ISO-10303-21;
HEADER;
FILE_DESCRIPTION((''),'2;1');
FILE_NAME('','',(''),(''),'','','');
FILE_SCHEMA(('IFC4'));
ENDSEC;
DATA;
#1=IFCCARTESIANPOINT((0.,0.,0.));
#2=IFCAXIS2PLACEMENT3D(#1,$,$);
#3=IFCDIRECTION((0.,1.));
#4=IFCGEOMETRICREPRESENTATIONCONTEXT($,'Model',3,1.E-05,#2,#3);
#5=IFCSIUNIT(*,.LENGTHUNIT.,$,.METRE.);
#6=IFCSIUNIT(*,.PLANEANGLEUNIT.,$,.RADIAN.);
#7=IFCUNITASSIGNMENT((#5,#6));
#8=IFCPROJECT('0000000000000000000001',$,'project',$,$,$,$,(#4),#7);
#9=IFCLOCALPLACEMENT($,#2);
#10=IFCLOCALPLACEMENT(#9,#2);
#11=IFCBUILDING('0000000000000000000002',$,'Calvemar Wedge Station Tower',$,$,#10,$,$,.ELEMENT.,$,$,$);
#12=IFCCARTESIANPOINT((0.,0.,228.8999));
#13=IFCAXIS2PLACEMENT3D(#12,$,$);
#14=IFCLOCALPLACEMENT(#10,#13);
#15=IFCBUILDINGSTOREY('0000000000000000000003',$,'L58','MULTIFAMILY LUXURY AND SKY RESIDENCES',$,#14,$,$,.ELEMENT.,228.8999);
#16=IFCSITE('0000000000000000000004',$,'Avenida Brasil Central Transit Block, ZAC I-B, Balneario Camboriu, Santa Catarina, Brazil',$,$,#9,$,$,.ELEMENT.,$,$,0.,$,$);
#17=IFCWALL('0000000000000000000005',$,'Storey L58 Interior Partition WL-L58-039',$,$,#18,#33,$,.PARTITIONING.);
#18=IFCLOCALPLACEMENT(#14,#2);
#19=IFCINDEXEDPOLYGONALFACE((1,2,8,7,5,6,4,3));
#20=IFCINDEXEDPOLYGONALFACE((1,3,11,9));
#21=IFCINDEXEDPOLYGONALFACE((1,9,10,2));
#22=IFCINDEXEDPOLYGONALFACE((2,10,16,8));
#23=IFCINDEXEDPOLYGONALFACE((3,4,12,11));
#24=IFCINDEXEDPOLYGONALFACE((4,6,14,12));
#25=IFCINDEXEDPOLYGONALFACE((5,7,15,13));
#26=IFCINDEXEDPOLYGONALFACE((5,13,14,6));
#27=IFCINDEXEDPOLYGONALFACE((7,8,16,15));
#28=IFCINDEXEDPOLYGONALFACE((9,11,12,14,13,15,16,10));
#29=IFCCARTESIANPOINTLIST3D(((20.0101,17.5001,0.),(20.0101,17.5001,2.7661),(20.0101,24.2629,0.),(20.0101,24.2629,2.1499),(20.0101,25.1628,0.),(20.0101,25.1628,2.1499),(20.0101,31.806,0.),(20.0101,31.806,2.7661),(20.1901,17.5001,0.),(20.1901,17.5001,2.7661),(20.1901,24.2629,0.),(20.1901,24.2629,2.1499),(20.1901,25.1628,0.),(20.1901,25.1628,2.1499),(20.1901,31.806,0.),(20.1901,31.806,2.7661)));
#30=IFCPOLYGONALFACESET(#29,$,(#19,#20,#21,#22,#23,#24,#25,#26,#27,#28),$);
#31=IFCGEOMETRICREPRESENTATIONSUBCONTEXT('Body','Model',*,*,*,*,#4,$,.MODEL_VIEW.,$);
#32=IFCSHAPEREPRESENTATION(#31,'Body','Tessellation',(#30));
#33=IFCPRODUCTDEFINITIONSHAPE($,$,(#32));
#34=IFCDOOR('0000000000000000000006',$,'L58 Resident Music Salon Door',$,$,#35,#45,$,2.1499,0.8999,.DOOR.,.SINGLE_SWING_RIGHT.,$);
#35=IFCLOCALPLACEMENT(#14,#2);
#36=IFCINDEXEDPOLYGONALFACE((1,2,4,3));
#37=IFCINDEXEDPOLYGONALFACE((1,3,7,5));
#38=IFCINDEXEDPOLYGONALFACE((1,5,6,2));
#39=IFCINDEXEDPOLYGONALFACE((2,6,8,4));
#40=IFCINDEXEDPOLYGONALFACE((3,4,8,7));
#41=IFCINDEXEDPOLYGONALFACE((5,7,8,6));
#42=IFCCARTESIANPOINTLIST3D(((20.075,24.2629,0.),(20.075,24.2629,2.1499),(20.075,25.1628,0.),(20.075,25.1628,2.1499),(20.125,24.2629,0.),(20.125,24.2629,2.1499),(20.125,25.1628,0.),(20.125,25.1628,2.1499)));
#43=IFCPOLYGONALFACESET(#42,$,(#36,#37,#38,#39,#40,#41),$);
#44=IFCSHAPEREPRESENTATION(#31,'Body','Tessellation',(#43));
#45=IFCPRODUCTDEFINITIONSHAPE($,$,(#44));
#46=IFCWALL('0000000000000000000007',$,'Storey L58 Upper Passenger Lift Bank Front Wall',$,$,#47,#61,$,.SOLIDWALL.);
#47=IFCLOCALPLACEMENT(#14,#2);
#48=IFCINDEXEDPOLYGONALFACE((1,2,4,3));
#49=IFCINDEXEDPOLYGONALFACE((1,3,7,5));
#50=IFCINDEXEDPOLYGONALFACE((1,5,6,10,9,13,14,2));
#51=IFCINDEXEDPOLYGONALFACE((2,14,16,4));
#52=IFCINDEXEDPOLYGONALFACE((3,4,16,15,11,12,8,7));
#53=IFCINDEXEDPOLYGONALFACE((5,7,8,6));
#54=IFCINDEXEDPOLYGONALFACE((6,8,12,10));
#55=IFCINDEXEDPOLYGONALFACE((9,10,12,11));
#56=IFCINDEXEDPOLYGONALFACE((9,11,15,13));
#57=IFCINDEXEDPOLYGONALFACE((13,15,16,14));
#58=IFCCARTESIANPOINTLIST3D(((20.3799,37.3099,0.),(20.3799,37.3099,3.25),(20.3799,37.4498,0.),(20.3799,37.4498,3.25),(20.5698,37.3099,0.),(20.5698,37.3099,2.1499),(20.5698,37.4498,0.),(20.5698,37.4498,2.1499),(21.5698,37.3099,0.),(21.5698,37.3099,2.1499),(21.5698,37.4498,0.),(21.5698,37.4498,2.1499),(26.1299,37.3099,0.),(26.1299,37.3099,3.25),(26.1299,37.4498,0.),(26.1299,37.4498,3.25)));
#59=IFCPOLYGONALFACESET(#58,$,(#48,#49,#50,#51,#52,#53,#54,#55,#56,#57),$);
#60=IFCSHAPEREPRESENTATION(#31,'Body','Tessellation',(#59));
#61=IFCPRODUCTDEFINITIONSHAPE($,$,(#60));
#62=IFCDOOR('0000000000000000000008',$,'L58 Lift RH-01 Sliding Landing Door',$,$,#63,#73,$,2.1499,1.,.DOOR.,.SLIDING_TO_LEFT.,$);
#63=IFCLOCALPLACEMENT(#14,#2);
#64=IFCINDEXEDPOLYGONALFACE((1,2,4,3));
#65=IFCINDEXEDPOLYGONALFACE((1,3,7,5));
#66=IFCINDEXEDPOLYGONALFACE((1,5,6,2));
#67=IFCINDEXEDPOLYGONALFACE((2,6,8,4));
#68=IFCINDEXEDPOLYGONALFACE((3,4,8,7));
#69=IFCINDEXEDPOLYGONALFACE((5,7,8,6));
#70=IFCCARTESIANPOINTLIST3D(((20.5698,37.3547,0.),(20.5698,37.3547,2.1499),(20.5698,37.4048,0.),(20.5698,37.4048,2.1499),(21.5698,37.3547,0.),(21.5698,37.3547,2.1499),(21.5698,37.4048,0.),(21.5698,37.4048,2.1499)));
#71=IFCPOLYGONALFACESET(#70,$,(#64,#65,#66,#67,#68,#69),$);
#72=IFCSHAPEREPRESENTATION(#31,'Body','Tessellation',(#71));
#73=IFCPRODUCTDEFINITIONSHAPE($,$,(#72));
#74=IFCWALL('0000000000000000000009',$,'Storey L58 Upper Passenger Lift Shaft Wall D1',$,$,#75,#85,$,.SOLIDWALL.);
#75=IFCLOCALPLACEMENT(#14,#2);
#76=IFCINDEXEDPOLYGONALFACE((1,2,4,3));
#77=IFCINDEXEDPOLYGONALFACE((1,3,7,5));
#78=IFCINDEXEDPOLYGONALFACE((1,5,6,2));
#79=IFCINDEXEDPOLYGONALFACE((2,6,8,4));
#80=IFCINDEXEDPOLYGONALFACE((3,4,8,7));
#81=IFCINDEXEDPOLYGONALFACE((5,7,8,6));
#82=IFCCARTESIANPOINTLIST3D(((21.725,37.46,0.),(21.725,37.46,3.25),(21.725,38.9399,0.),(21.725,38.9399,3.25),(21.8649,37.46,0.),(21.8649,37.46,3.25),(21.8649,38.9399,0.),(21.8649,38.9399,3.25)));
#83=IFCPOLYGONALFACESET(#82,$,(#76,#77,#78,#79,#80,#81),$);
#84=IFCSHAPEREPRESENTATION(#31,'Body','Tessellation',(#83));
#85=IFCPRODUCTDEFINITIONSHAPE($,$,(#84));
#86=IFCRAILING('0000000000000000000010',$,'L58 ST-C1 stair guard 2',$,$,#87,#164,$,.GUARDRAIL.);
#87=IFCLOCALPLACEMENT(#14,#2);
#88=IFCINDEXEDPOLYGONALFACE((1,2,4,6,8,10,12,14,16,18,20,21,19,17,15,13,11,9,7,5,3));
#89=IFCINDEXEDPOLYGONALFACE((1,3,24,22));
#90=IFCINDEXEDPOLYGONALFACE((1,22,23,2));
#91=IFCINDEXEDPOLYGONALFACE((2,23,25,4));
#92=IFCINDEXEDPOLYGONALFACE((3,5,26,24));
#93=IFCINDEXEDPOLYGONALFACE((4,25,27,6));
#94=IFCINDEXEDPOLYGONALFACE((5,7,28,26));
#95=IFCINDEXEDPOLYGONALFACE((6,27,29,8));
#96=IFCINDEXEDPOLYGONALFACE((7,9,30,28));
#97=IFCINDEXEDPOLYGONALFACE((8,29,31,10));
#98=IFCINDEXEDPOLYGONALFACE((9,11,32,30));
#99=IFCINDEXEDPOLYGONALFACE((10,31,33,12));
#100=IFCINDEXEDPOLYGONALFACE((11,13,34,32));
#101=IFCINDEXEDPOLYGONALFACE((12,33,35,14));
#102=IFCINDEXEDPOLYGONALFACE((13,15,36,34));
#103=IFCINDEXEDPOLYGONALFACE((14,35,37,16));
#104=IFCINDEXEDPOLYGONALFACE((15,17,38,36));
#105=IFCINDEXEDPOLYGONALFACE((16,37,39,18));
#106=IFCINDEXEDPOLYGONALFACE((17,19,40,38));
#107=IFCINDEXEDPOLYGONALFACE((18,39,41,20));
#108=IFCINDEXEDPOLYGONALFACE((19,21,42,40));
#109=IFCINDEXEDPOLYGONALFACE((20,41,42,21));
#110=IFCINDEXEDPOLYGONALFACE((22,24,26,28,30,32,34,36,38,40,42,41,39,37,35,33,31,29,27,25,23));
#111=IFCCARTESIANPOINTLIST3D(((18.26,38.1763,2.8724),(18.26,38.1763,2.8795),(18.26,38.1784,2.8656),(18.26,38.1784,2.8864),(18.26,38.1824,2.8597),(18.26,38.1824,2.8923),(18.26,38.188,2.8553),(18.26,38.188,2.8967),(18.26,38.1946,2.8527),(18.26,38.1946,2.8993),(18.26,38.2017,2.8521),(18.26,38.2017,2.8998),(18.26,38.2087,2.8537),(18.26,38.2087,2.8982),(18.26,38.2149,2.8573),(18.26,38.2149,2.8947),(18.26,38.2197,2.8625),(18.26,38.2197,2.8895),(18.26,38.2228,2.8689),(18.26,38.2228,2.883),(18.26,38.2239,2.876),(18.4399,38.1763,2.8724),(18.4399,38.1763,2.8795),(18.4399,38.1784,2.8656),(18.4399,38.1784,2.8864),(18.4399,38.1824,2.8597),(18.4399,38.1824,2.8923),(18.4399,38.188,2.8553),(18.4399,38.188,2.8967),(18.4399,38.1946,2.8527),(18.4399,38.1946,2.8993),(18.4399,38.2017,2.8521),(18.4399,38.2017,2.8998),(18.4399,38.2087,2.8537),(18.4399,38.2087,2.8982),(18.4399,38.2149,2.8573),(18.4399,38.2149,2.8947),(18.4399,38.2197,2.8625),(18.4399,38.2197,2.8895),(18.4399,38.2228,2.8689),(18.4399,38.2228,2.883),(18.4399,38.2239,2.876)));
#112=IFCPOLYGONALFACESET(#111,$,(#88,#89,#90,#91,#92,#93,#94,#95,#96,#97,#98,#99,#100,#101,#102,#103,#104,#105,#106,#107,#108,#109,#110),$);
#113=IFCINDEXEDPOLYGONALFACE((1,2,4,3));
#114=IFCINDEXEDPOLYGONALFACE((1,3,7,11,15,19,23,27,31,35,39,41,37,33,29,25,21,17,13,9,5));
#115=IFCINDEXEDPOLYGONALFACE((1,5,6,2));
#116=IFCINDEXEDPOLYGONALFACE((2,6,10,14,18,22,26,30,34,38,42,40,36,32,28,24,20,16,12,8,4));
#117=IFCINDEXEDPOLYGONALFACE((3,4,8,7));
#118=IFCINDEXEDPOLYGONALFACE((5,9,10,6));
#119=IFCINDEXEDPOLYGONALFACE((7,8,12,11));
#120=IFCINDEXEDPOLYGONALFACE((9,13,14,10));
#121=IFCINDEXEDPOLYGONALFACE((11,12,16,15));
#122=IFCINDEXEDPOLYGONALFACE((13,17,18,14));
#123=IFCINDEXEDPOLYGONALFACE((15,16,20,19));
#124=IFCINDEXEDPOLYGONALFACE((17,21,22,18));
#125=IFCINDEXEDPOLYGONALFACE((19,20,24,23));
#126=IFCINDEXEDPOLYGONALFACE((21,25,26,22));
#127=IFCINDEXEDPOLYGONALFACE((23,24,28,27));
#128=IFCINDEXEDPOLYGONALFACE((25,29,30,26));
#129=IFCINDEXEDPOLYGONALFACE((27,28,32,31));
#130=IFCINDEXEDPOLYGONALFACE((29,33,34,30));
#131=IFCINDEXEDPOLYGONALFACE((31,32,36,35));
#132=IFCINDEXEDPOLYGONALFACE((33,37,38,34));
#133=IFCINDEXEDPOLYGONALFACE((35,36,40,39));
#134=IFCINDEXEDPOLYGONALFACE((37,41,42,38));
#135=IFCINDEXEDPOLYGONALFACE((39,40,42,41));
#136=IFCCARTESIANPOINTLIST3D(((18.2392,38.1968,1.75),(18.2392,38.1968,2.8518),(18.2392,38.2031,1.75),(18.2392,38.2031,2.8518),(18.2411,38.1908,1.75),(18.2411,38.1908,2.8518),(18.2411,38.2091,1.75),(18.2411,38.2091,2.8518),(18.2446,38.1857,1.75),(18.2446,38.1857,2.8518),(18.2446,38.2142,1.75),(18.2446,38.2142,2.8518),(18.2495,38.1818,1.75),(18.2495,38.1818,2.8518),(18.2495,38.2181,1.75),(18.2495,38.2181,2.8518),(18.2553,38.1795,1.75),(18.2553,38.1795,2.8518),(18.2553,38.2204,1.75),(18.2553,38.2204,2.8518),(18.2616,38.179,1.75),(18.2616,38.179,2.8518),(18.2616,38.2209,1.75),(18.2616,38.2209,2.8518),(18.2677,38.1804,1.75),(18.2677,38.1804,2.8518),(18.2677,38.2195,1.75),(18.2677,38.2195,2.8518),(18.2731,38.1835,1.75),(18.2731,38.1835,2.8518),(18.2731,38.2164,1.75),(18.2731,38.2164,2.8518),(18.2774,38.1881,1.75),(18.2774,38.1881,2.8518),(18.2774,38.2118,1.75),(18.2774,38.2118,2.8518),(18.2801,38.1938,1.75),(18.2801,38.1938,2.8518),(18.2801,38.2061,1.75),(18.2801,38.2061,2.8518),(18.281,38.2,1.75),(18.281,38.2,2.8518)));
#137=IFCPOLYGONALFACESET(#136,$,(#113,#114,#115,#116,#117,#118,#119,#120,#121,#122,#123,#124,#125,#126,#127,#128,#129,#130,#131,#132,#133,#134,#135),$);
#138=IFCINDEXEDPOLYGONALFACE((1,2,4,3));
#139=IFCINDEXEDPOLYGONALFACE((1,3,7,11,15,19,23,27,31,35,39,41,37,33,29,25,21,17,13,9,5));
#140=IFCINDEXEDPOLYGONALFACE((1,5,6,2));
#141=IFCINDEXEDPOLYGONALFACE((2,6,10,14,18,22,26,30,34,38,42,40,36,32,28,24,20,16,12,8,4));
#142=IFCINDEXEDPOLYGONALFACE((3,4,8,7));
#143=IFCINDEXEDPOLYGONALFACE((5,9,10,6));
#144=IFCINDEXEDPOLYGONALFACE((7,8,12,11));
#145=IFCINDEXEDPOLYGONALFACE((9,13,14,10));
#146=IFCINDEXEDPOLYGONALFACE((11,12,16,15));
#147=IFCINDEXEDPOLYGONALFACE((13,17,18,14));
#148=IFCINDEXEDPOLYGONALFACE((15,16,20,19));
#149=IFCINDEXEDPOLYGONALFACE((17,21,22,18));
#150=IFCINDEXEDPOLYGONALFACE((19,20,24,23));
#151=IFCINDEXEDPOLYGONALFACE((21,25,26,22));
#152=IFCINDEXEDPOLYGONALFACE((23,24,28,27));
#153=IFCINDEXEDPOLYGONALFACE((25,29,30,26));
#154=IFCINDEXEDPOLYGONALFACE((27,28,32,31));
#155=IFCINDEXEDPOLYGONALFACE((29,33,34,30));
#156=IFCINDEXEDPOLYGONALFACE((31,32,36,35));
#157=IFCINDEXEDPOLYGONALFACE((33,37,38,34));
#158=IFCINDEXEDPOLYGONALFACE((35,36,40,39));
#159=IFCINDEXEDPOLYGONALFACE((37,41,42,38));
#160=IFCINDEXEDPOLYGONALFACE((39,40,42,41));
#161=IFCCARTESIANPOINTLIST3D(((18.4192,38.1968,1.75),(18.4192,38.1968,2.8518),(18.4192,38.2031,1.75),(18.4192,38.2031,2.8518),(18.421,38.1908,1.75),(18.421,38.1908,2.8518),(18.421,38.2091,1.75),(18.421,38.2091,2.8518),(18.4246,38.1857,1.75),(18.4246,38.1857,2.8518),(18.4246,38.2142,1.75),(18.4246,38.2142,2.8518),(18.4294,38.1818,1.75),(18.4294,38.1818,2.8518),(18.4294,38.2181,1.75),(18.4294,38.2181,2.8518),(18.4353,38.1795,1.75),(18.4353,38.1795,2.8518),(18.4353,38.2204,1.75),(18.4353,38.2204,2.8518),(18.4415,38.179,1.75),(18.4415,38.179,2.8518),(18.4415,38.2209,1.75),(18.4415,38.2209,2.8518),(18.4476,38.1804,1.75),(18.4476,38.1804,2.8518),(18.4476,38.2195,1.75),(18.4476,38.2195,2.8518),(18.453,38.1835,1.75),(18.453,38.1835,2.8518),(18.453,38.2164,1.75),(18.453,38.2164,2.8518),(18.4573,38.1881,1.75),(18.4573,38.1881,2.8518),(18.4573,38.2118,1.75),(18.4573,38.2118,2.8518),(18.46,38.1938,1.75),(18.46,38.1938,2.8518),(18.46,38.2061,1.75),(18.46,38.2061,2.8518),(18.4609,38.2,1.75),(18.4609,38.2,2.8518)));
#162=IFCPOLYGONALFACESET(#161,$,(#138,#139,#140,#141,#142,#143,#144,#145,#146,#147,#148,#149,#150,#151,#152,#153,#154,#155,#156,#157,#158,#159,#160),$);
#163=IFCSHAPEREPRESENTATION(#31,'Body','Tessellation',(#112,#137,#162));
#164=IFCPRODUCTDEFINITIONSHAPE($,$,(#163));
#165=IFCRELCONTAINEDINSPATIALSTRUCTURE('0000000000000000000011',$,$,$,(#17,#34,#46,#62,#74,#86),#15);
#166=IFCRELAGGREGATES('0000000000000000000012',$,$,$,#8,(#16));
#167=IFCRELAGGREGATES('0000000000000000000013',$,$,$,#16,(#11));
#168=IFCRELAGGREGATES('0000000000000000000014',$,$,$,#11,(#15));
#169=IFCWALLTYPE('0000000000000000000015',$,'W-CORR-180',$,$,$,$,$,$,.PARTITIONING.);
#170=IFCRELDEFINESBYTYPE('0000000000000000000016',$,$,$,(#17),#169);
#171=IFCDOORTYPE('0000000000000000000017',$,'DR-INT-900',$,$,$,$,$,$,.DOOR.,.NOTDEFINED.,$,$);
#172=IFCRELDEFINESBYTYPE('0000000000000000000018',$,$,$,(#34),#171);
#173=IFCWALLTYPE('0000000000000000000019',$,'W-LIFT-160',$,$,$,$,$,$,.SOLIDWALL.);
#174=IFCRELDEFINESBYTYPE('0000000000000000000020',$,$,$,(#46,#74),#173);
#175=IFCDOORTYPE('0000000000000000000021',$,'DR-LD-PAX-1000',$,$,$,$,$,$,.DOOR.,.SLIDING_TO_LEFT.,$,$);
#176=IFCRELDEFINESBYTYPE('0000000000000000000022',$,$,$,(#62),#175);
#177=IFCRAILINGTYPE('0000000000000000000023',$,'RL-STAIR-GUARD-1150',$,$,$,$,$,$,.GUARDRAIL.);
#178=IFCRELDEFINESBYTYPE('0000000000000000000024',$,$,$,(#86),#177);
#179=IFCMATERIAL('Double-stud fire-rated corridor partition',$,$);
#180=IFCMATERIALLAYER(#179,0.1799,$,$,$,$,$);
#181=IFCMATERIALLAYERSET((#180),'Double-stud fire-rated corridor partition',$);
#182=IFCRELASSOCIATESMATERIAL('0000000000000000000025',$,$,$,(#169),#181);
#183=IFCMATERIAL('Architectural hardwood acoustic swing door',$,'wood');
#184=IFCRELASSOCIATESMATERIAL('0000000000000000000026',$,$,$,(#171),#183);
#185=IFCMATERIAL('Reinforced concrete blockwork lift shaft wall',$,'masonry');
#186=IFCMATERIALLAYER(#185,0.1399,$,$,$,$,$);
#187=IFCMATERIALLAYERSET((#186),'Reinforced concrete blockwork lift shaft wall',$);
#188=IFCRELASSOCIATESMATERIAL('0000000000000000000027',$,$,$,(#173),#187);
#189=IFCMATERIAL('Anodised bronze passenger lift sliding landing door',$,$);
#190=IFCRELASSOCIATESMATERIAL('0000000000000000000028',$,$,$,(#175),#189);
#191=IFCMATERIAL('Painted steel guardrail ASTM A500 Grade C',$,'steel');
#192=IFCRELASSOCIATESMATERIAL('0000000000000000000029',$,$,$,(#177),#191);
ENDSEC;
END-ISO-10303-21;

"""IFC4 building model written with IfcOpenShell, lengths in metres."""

from ifc_helpers import new_model, si_unit, direction, frame, frame_2d, origin, origin_2d, place, context, subcontext, project, spatial, rectangle, circle, extrude, source, transform, mapped, material, layer, layer_set, type_object, element, fill, save


model = new_model("IFC4")

# Units and contexts
model_context = context("Model", 3, precision=1e-05, world=origin(), true_north=direction((0.0, 1.0)))
body_context = subcontext(model_context, "Body", "Model", "MODEL_VIEW")
ifc_project = project(units=[si_unit("LENGTHUNIT", "METRE"), si_unit("PLANEANGLEUNIT", "RADIAN")], contexts=[model_context])

# Site, building, storey
site_placement = place(None, origin())
site = spatial("IfcSite", under=ifc_project, at=site_placement, Name="Avenida Brasil Central Transit Block, ZAC I-B, Balneario Camboriu, Santa Catarina, Brazil", CompositionType="ELEMENT", RefElevation=0.0)
building_placement = place(site_placement, origin())
building = spatial("IfcBuilding", under=site, at=building_placement, Name="Calvemar Wedge Station Tower", CompositionType="ELEMENT")
storey_placement = place(building_placement, frame((0.0, 0.0, 228.8999)))
storey = spatial("IfcBuildingStorey", under=building, at=storey_placement, Name="L58", Description="MULTIFAMILY LUXURY AND SKY RESIDENCES", CompositionType="ELEMENT", Elevation=228.8999)

# Shared definitions
ifc_material_1 = material(Name="Double-stud fire-rated corridor partition")
ifc_layer_1 = layer(ifc_material_1, 0.1799)
ifc_layer_set_1 = layer_set([ifc_layer_1], Name="Double-stud fire-rated corridor partition")
wall_type_1 = type_object("IfcWallType", Name="W-CORR-180", PredefinedType="PARTITIONING", material=ifc_layer_set_1)
shared_shape_1 = source(origin(), body_context, "Body", "SweptSolid", [
    extrude(rectangle(XDim=0.8999, YDim=2.1499, at=frame_2d((0.45, 1.075))), frame((0.0, 0.1001, 0.0), z_axis=(0.0, -1.0, 0.0), x_axis=(1.0, 0.0, 0.0)), (0.0, 0.0, 1.0), 0.2),
])

# Walls, openings, doors
wall_1_placement = place(storey_placement, frame((20.1001, 31.8059, 0.0), z_axis=(0.0, 0.0, 1.0), x_axis=(0.0, -1.0, 0.0)))
wall_1 = element("IfcWall", 1, at=wall_1_placement, inside=storey, type_object=wall_type_1, Name="Storey L58 Interior Partition WL-L58-039", PredefinedType="PARTITIONING", context=body_context, shape_type="SweptSolid", body=[
    extrude(rectangle(XDim=14.3059, YDim=0.1799, at=frame_2d((7.1528, 0.0))), origin(), (0.0, 0.0, 1.0), 2.7661),
])
opening_1_placement = place(wall_1_placement, frame((6.6431, 0.0, 0.0)))
opening_1 = element("IfcOpeningElement", 2, at=opening_1_placement, cuts=wall_1, PredefinedType="OPENING", context=body_context, shape_type="MappedRepresentation", body=[
    mapped(shared_shape_1, transform((0.0, 0.0, 0.0), scale=1.0)),
])
ifc_material_2 = material(Name="Architectural hardwood acoustic swing door", Category="wood")
door_type_1 = type_object("IfcDoorType", Name="DR-INT-900", OperationType="NOTDEFINED", PredefinedType="DOOR", material=ifc_material_2)
shared_shape_2 = source(origin(), body_context, "Body", "SweptSolid", [
    extrude(rectangle(XDim=0.8999, YDim=2.1499, at=frame_2d((0.45, 1.075))), frame((0.0, 0.0249, 0.0), z_axis=(0.0, -1.0, 0.0), x_axis=(1.0, 0.0, 0.0)), (0.0, 0.0, 1.0), 0.05),
])
door_1_placement = place(opening_1_placement, origin())
door_1 = element("IfcDoor", 3, at=door_1_placement, inside=storey, type_object=door_type_1, Name="L58 Resident Music Salon Door", OperationType="SINGLE_SWING_RIGHT", OverallHeight=2.1499, OverallWidth=0.8999, PredefinedType="DOOR", context=body_context, shape_type="MappedRepresentation", body=[
    mapped(shared_shape_2, transform((0.0, 0.0, 0.0), scale=1.0)),
])
fill(opening_1, door_1)
ifc_material_3 = material(Name="Reinforced concrete blockwork lift shaft wall", Category="masonry")
ifc_layer_2 = layer(ifc_material_3, 0.1399)
ifc_layer_set_2 = layer_set([ifc_layer_2], Name="Reinforced concrete blockwork lift shaft wall")
wall_type_2 = type_object("IfcWallType", Name="W-LIFT-160", PredefinedType="SOLIDWALL", material=ifc_layer_set_2)
wall_2_placement = place(storey_placement, frame((20.3799, 37.3799, 0.0), z_axis=(0.0, 0.0, 1.0), x_axis=(1.0, 0.0, 0.0)))
wall_2 = element("IfcWall", 4, at=wall_2_placement, inside=storey, type_object=wall_type_2, Name="Storey L58 Upper Passenger Lift Bank Front Wall", PredefinedType="SOLIDWALL", context=body_context, shape_type="SweptSolid", body=[
    extrude(rectangle(XDim=5.75, YDim=0.1399, at=frame_2d((2.875, 0.0))), origin(), (0.0, 0.0, 1.0), 3.25),
])
shared_shape_3 = source(origin(), body_context, "Body", "SweptSolid", [
    extrude(rectangle(XDim=1.0, YDim=2.1499, at=frame_2d((0.5, 1.075))), frame((0.0, 0.0801, 0.0), z_axis=(0.0, -1.0, 0.0), x_axis=(1.0, 0.0, 0.0)), (0.0, 0.0, 1.0), 0.1599),
])
opening_2_placement = place(wall_2_placement, frame((0.1899, 0.0, 0.0)))
opening_2 = element("IfcOpeningElement", 5, at=opening_2_placement, cuts=wall_2, PredefinedType="OPENING", context=body_context, shape_type="MappedRepresentation", body=[
    mapped(shared_shape_3, transform((0.0, 0.0, 0.0), scale=1.0)),
])
ifc_material_4 = material(Name="Anodised bronze passenger lift sliding landing door")
door_type_2 = type_object("IfcDoorType", Name="DR-LD-PAX-1000", OperationType="SLIDING_TO_LEFT", PredefinedType="DOOR", material=ifc_material_4)
shared_shape_4 = source(origin(), body_context, "Body", "SweptSolid", [
    extrude(rectangle(XDim=1.0, YDim=2.1499, at=frame_2d((0.5, 1.075))), frame((0.0, 0.0249, 0.0), z_axis=(0.0, -1.0, 0.0), x_axis=(1.0, 0.0, 0.0)), (0.0, 0.0, 1.0), 0.05),
])
door_2_placement = place(opening_2_placement, origin())
door_2 = element("IfcDoor", 6, at=door_2_placement, inside=storey, type_object=door_type_2, Name="L58 Lift RH-01 Sliding Landing Door", OperationType="SLIDING_TO_LEFT", OverallHeight=2.1499, OverallWidth=1.0, PredefinedType="DOOR", context=body_context, shape_type="MappedRepresentation", body=[
    mapped(shared_shape_4, transform((0.0, 0.0, 0.0), scale=1.0)),
])
fill(opening_2, door_2)

# Wall
wall_3_placement = place(storey_placement, frame((21.7949, 37.46, 0.0), z_axis=(0.0, 0.0, 1.0), x_axis=(0.0, 1.0, 0.0)))
element("IfcWall", 7, at=wall_3_placement, inside=storey, type_object=wall_type_2, Name="Storey L58 Upper Passenger Lift Shaft Wall D1", PredefinedType="SOLIDWALL", context=body_context, shape_type="SweptSolid", body=[
    extrude(rectangle(XDim=1.48, YDim=0.1399, at=frame_2d((0.74, 0.0))), origin(), (0.0, 0.0, 1.0), 3.25),
])

# Railing
ifc_material_5 = material(Name="Painted steel guardrail ASTM A500 Grade C", Category="steel")
railing_type = type_object("IfcRailingType", Name="RL-STAIR-GUARD-1150", PredefinedType="GUARDRAIL", material=ifc_material_5)
railing_placement = place(storey_placement, frame((18.26, 38.2, 1.75)))
element("IfcRailing", 8, at=railing_placement, inside=storey, type_object=railing_type, Name="L58 ST-C1 stair guard 2", PredefinedType="GUARDRAIL", context=body_context, shape_type="SweptSolid", body=[
    extrude(circle(Radius=0.0239, at=origin_2d()), frame((0.0, 0.0, 1.126), z_axis=(1.0, 0.0, 0.0), x_axis=(0.0, 1.0, 0.0)), (0.0, 0.0, 1.0), 0.1799),
    extrude(circle(Radius=0.021, at=origin_2d()), origin(), (0.0, 0.0, 1.0), 1.1018),
    extrude(circle(Radius=0.021, at=origin_2d()), frame((0.1799, 0.0, 0.0)), (0.0, 0.0, 1.0), 1.1018),
])

save(model, "model.ifc")
